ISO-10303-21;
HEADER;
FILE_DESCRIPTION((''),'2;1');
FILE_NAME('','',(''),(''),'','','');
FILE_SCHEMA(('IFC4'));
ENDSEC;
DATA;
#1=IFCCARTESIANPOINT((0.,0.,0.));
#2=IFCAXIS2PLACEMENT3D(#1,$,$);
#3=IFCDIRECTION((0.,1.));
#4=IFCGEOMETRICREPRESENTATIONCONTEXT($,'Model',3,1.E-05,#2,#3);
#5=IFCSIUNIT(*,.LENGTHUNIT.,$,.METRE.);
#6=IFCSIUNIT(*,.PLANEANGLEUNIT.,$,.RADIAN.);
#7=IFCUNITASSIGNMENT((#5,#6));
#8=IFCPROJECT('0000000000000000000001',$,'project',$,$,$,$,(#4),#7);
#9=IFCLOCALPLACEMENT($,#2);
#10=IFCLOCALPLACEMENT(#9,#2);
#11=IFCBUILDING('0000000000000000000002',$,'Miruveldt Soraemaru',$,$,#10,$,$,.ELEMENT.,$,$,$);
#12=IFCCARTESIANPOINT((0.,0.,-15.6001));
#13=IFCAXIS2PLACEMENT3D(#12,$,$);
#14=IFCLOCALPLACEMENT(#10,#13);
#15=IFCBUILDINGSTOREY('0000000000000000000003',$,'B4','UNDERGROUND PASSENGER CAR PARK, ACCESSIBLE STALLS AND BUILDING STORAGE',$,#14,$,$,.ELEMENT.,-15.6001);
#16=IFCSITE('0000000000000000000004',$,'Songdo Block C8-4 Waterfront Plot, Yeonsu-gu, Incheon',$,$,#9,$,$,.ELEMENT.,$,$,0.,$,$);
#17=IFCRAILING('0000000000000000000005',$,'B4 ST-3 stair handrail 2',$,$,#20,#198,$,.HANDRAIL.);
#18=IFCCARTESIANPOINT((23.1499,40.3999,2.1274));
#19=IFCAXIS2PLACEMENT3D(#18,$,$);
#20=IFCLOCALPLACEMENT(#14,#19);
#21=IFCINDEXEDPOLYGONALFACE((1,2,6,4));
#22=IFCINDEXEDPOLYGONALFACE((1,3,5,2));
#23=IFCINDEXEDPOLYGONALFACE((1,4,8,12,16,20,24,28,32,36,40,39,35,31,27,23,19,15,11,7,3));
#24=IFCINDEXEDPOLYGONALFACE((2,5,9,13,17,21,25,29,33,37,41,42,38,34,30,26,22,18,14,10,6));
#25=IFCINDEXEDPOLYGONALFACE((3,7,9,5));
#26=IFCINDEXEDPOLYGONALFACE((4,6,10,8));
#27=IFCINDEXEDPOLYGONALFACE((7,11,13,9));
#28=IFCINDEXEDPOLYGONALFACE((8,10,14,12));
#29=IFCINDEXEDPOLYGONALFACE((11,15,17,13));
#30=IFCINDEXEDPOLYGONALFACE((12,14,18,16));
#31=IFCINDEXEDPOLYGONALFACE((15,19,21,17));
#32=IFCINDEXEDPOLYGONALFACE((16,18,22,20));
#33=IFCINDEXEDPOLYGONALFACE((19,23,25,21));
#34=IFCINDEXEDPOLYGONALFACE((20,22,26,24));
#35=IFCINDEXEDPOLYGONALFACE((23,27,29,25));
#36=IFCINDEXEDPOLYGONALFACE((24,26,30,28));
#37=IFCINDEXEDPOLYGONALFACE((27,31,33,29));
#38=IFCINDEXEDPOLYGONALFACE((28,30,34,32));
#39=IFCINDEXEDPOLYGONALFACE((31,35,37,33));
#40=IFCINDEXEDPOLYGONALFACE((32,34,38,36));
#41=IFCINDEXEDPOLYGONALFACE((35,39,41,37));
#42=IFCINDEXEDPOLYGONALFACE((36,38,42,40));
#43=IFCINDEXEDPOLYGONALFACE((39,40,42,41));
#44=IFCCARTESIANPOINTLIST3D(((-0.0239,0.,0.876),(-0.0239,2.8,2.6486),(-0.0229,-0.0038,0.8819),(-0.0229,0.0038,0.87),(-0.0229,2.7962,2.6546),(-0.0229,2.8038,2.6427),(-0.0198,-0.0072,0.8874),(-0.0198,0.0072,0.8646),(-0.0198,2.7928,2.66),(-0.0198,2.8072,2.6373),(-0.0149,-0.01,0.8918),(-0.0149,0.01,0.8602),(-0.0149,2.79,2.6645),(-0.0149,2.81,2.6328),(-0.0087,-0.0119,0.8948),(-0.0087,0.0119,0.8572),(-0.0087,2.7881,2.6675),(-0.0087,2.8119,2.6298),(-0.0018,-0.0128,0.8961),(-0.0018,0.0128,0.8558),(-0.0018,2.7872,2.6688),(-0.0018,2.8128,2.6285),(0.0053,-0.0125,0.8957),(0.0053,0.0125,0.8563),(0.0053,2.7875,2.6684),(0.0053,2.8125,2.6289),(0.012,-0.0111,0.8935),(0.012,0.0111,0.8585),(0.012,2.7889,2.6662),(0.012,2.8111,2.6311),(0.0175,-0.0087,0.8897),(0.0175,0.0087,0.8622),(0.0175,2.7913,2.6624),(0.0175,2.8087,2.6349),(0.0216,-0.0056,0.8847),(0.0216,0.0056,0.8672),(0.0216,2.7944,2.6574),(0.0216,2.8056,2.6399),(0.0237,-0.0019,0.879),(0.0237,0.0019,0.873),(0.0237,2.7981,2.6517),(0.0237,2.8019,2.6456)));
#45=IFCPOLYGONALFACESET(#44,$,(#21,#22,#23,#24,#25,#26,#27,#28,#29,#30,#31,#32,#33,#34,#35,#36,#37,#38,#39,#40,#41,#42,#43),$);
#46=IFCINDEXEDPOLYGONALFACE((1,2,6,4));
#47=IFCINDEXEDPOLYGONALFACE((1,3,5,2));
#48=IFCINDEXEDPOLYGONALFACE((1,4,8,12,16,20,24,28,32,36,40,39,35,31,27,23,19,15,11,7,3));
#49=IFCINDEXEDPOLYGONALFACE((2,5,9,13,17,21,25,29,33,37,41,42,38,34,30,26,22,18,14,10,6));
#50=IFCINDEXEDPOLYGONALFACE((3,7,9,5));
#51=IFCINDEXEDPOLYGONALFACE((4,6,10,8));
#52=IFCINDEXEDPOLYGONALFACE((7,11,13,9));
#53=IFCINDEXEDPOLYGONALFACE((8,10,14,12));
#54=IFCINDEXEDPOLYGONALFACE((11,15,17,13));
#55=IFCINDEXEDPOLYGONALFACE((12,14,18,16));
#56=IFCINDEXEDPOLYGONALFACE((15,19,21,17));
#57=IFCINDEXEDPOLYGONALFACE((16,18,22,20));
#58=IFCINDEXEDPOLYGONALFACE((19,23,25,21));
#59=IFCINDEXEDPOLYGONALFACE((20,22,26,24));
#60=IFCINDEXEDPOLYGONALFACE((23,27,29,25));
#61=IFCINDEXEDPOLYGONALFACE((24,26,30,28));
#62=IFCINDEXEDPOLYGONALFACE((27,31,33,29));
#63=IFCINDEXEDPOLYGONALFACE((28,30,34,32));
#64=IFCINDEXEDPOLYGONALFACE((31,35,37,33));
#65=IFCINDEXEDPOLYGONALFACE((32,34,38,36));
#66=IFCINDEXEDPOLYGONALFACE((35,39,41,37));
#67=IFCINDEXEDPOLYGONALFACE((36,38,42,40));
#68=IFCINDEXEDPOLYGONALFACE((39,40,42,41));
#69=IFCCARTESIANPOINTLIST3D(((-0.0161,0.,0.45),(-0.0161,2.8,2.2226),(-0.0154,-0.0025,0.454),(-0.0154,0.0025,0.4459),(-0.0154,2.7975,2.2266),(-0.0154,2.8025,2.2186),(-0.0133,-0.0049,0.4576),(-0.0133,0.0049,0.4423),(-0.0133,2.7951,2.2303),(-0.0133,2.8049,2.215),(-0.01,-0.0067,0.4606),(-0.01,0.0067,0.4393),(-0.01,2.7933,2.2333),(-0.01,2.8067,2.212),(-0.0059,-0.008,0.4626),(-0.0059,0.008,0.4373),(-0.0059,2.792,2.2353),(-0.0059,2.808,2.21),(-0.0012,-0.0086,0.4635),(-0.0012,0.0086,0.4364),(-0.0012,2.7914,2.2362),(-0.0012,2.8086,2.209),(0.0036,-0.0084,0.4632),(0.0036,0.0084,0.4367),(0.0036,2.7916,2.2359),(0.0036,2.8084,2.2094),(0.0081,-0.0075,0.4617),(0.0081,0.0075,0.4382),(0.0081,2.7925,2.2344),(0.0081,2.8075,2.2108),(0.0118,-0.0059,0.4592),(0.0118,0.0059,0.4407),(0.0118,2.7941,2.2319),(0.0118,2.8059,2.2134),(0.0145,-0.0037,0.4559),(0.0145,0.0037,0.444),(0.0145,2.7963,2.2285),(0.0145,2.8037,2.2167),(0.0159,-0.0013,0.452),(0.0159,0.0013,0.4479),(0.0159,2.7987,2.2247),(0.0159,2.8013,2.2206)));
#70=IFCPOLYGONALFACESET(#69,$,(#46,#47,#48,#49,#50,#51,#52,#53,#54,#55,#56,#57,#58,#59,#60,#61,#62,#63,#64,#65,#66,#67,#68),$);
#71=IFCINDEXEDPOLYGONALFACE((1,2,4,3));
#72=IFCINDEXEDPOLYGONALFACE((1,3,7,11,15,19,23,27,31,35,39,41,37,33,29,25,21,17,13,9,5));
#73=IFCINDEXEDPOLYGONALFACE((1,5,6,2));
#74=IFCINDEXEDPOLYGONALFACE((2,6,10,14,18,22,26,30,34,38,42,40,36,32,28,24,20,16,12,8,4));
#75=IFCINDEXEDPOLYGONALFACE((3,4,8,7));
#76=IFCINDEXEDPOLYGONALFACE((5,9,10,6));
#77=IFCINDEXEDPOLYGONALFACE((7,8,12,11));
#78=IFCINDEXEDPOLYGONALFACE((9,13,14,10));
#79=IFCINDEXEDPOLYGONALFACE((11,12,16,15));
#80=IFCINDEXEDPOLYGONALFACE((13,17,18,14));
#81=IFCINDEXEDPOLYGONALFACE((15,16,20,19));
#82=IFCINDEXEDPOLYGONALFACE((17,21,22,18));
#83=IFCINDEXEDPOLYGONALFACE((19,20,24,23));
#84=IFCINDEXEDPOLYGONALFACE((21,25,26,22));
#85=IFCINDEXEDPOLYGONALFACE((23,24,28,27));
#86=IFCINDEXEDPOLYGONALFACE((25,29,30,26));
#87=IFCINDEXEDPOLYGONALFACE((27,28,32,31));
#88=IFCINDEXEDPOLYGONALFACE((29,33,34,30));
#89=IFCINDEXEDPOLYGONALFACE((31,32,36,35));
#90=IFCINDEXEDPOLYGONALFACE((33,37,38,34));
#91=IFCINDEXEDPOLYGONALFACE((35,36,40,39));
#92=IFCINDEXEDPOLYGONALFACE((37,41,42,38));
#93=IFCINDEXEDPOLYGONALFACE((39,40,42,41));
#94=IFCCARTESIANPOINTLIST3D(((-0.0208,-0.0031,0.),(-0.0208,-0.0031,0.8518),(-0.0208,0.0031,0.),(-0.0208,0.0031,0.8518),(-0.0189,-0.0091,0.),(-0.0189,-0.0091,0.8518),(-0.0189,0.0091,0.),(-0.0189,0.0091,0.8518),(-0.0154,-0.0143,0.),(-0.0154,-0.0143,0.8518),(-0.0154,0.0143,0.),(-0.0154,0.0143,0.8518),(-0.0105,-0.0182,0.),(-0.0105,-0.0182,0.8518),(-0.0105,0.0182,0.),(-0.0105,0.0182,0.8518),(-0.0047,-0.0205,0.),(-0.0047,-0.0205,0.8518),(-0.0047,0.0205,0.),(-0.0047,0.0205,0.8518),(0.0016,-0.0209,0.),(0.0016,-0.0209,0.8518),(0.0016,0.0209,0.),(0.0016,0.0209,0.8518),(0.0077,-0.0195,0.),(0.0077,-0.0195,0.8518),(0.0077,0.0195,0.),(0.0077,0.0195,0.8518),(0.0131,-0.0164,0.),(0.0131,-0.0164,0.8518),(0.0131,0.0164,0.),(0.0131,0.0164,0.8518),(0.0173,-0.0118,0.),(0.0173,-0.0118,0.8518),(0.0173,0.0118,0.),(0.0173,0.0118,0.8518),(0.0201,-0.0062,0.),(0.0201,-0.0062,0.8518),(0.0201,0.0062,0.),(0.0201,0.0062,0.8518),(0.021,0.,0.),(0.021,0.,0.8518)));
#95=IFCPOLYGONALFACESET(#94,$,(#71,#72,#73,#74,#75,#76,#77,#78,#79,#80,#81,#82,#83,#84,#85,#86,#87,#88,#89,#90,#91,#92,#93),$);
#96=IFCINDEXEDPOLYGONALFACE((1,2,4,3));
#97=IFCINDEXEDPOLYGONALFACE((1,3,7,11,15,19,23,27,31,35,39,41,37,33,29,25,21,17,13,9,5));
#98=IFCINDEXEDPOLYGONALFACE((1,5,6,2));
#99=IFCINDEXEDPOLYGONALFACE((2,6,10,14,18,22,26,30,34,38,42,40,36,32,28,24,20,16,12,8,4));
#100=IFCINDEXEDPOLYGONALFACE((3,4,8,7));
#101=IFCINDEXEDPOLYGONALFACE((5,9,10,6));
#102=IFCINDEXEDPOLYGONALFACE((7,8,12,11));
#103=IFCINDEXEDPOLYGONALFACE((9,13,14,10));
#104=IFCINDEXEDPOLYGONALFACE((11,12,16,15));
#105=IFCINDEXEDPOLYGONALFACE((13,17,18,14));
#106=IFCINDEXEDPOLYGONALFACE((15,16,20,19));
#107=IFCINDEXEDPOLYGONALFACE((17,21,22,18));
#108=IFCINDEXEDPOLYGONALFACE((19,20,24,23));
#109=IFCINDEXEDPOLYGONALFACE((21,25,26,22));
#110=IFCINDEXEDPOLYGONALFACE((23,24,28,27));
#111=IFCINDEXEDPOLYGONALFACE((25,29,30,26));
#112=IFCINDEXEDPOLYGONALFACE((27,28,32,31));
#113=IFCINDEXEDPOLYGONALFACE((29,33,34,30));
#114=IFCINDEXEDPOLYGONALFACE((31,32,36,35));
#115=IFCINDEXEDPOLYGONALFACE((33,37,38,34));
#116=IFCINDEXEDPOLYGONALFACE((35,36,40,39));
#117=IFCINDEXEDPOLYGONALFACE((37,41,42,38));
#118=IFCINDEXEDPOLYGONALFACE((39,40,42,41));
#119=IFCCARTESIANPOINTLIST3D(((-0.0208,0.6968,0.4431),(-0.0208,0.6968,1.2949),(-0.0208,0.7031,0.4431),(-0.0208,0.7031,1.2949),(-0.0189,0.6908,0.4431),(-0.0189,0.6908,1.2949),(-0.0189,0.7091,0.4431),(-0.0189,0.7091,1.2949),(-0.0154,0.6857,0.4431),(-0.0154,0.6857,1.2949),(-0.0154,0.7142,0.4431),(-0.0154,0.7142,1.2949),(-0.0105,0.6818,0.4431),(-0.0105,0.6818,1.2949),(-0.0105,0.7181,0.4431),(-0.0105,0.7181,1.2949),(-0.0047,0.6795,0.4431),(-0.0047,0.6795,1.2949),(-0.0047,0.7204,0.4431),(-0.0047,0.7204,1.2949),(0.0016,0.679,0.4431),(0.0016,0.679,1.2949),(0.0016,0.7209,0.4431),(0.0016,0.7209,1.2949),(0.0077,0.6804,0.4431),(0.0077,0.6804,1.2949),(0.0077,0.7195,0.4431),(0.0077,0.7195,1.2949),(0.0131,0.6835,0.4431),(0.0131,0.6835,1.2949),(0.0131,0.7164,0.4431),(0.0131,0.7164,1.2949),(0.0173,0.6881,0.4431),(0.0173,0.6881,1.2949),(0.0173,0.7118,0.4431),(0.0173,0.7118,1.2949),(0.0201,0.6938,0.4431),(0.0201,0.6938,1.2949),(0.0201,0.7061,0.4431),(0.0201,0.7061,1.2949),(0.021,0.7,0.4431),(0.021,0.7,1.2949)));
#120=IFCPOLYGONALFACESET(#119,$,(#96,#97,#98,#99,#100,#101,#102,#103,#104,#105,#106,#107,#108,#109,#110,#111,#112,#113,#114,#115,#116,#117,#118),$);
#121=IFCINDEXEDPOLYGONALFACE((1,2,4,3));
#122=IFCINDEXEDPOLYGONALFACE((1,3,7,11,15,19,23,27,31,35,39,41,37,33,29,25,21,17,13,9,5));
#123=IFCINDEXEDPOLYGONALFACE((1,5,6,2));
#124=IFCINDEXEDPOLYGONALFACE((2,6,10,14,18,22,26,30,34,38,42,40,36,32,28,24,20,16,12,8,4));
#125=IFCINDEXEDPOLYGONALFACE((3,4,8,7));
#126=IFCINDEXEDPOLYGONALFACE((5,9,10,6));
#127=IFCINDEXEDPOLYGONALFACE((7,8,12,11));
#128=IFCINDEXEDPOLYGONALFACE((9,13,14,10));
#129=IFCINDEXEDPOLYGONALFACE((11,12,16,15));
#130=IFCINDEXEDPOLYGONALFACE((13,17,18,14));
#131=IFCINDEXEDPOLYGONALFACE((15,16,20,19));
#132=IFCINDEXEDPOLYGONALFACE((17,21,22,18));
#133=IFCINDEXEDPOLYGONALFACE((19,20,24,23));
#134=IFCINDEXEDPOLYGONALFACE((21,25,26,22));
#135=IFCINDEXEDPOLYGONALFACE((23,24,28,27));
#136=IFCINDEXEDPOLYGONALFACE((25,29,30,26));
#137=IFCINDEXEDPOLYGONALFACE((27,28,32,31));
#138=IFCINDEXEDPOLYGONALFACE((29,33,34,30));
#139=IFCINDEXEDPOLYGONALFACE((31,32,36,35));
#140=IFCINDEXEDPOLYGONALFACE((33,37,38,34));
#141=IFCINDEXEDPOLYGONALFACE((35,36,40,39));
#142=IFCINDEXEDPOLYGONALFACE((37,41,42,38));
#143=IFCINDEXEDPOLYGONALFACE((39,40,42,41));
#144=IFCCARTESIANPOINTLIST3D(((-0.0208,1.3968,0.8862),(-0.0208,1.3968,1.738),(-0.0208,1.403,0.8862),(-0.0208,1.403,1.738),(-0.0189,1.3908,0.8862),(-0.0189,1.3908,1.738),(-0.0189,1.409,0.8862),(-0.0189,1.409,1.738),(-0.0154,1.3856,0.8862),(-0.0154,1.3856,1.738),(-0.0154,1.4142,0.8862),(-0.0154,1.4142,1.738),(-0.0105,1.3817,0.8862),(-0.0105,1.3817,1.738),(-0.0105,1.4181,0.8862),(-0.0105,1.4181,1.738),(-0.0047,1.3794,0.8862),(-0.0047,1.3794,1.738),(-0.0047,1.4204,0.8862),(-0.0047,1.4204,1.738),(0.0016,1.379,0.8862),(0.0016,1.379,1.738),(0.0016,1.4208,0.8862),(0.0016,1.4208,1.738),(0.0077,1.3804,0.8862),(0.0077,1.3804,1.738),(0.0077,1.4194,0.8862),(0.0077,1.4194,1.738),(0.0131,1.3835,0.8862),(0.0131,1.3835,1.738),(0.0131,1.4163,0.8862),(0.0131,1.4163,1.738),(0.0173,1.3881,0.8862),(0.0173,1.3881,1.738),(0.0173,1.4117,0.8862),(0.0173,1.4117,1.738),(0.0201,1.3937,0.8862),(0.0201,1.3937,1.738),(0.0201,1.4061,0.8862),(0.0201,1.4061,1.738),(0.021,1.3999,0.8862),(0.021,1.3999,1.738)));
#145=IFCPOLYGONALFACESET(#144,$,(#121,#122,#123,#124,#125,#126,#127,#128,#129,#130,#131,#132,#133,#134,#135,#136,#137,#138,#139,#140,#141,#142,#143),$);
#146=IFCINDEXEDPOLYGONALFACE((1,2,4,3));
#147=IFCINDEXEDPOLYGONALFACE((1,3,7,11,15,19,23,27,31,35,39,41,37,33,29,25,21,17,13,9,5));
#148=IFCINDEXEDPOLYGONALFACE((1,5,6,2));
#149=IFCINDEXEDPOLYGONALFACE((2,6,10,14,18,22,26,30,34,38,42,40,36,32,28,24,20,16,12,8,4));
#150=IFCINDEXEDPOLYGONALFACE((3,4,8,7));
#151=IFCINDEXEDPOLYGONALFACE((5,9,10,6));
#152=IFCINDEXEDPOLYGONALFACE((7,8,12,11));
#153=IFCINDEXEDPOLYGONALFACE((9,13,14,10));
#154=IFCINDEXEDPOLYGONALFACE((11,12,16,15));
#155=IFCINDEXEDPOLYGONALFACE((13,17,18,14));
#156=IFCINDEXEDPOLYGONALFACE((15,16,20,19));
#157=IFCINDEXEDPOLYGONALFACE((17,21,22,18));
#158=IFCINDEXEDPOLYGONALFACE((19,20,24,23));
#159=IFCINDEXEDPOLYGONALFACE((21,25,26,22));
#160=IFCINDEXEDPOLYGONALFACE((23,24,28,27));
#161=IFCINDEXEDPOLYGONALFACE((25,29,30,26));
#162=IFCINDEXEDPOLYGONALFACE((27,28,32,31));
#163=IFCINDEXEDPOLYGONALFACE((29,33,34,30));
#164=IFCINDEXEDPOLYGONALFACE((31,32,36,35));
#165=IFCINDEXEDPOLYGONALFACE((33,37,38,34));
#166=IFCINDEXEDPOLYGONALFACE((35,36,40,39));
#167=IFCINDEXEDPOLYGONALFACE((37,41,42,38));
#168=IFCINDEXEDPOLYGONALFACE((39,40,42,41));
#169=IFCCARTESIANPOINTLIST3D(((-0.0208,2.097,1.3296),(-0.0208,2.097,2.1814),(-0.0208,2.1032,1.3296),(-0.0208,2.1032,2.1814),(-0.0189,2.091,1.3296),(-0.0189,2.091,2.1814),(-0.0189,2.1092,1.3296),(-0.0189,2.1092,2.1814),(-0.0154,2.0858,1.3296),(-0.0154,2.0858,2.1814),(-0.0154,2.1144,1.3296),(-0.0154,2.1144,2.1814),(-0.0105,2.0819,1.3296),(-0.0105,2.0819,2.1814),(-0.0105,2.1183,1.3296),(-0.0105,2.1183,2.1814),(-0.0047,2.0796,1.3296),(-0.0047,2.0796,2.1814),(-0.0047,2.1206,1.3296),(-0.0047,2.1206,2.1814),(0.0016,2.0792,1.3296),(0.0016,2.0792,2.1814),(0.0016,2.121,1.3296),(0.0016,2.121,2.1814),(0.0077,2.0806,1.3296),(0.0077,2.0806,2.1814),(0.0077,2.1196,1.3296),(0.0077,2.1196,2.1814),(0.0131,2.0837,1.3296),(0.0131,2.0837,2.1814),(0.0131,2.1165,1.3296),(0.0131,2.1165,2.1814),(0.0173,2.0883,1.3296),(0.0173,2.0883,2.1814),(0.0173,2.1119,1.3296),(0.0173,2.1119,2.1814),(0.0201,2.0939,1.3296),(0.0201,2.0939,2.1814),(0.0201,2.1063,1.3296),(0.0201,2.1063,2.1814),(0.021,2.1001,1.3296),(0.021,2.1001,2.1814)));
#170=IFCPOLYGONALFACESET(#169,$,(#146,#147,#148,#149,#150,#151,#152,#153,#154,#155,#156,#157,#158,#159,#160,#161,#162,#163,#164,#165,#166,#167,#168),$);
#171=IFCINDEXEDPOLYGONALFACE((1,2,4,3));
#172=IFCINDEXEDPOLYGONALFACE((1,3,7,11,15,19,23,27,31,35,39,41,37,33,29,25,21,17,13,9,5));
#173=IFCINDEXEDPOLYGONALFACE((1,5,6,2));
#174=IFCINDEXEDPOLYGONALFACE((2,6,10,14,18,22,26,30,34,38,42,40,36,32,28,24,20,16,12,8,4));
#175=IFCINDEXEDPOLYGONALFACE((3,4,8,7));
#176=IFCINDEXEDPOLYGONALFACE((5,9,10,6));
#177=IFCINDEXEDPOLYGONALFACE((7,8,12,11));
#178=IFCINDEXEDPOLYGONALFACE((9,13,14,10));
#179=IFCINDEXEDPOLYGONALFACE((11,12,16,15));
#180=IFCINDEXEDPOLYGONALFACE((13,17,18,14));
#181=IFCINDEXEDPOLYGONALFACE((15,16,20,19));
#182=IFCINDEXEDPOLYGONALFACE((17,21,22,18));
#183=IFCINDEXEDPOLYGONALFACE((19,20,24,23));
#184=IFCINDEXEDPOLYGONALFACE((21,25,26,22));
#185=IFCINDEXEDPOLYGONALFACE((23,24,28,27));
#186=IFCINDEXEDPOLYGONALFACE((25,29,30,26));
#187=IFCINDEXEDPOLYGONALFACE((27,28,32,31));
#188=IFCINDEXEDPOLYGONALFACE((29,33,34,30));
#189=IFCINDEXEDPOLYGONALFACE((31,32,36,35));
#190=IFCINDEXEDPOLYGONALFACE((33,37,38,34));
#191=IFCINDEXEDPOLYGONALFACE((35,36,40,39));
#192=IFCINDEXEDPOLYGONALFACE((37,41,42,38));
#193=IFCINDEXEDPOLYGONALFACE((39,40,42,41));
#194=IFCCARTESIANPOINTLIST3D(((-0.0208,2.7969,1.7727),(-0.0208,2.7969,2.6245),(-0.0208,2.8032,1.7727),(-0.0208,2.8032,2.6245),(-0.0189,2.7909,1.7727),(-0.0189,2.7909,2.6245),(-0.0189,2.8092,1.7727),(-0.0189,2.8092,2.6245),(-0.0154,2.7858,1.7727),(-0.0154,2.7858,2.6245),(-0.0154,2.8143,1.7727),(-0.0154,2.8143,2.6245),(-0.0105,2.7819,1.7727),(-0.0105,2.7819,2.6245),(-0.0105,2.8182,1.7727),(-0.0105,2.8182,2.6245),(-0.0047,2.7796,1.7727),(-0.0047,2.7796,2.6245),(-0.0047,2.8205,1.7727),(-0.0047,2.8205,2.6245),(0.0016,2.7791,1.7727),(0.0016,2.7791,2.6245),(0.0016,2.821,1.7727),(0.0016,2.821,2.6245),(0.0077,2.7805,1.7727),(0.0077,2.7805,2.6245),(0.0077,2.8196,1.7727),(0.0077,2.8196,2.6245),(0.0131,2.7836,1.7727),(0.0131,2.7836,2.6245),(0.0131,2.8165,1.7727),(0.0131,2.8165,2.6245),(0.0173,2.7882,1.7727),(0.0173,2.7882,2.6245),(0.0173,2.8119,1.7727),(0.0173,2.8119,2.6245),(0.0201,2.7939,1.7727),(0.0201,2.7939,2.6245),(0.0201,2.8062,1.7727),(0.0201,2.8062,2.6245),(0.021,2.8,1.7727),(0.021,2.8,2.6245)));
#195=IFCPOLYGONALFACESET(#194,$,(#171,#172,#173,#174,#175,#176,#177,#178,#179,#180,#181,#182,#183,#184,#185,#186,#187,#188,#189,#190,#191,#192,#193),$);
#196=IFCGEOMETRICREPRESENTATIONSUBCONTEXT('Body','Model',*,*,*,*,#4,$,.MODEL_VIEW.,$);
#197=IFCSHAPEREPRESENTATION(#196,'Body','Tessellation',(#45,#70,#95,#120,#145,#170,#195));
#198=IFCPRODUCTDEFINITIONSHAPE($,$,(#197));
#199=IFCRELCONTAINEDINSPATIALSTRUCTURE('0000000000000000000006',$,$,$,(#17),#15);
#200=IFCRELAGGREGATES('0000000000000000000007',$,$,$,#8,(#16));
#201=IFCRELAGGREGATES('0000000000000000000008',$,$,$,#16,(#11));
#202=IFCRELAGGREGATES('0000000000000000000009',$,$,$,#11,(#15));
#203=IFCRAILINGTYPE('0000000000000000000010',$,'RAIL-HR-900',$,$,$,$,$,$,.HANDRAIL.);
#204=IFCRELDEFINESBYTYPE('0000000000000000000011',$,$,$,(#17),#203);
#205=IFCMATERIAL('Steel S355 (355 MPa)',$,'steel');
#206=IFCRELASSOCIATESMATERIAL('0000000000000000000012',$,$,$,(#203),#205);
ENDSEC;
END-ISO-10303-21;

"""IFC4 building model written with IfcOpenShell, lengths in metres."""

from ifc_helpers import new_model, si_unit, direction, frame, origin, origin_2d, place, context, subcontext, project, spatial, circle, extrude, material, type_object, element, save


model = new_model("IFC4")

# Units and contexts
model_context = context("Model", 3, precision=1e-05, world=origin(), true_north=direction((0.0, 1.0)))
body_context = subcontext(model_context, "Body", "Model", "MODEL_VIEW")
ifc_project = project(units=[si_unit("LENGTHUNIT", "METRE"), si_unit("PLANEANGLEUNIT", "RADIAN")], contexts=[model_context])

# Site, building, storey
site_placement = place(None, origin())
site = spatial("IfcSite", under=ifc_project, at=site_placement, Name="Songdo Block C8-4 Waterfront Plot, Yeonsu-gu, Incheon", CompositionType="ELEMENT", RefElevation=0.0)
building_placement = place(site_placement, origin())
building = spatial("IfcBuilding", under=site, at=building_placement, Name="Miruveldt Soraemaru", CompositionType="ELEMENT")
storey_placement = place(building_placement, frame((0.0, 0.0, -15.6001)))
storey = spatial("IfcBuildingStorey", under=building, at=storey_placement, Name="B4", Description="UNDERGROUND PASSENGER CAR PARK, ACCESSIBLE STALLS AND BUILDING STORAGE", CompositionType="ELEMENT", Elevation=-15.6001)

# Railing
ifc_material_1 = material(Name="Steel S355 (355 MPa)", Category="steel")
railing_type_1 = type_object("IfcRailingType", Name="RAIL-HR-900", PredefinedType="HANDRAIL", material=ifc_material_1)
railing_1_placement = place(storey_placement, frame((23.1499, 40.3999, 2.1274)))
element("IfcRailing", 1, at=railing_1_placement, inside=storey, type_object=railing_type_1, Name="B4 ST-3 stair handrail 2", PredefinedType="HANDRAIL", context=body_context, shape_type="SweptSolid", body=[
    extrude(circle(Radius=0.0239, at=origin_2d()), frame((0.0, 0.0, 0.876), z_axis=(0.0, 0.844909, 0.53491), x_axis=(-1.0, 0.0, 0.0)), (0.0, 0.0, 1.0), 3.314),
    extrude(circle(Radius=0.0161, at=origin_2d()), frame((0.0, 0.0, 0.45), z_axis=(0.0, 0.844909, 0.53491), x_axis=(-1.0, 0.0, 0.0)), (0.0, 0.0, 1.0), 3.314),
    extrude(circle(Radius=0.021, at=origin_2d()), origin(), (0.0, 0.0, 1.0), 0.8518),
    extrude(circle(Radius=0.021, at=origin_2d()), frame((0.0, 0.7, 0.4431)), (0.0, 0.0, 1.0), 0.8518),
    extrude(circle(Radius=0.021, at=origin_2d()), frame((0.0, 1.3999, 0.8862)), (0.0, 0.0, 1.0), 0.8518),
    extrude(circle(Radius=0.021, at=origin_2d()), frame((0.0, 2.1001, 1.3296)), (0.0, 0.0, 1.0), 0.8518),
    extrude(circle(Radius=0.021, at=origin_2d()), frame((0.0, 2.8, 1.7727)), (0.0, 0.0, 1.0), 0.8518),
])

save(model, "model.ifc")
